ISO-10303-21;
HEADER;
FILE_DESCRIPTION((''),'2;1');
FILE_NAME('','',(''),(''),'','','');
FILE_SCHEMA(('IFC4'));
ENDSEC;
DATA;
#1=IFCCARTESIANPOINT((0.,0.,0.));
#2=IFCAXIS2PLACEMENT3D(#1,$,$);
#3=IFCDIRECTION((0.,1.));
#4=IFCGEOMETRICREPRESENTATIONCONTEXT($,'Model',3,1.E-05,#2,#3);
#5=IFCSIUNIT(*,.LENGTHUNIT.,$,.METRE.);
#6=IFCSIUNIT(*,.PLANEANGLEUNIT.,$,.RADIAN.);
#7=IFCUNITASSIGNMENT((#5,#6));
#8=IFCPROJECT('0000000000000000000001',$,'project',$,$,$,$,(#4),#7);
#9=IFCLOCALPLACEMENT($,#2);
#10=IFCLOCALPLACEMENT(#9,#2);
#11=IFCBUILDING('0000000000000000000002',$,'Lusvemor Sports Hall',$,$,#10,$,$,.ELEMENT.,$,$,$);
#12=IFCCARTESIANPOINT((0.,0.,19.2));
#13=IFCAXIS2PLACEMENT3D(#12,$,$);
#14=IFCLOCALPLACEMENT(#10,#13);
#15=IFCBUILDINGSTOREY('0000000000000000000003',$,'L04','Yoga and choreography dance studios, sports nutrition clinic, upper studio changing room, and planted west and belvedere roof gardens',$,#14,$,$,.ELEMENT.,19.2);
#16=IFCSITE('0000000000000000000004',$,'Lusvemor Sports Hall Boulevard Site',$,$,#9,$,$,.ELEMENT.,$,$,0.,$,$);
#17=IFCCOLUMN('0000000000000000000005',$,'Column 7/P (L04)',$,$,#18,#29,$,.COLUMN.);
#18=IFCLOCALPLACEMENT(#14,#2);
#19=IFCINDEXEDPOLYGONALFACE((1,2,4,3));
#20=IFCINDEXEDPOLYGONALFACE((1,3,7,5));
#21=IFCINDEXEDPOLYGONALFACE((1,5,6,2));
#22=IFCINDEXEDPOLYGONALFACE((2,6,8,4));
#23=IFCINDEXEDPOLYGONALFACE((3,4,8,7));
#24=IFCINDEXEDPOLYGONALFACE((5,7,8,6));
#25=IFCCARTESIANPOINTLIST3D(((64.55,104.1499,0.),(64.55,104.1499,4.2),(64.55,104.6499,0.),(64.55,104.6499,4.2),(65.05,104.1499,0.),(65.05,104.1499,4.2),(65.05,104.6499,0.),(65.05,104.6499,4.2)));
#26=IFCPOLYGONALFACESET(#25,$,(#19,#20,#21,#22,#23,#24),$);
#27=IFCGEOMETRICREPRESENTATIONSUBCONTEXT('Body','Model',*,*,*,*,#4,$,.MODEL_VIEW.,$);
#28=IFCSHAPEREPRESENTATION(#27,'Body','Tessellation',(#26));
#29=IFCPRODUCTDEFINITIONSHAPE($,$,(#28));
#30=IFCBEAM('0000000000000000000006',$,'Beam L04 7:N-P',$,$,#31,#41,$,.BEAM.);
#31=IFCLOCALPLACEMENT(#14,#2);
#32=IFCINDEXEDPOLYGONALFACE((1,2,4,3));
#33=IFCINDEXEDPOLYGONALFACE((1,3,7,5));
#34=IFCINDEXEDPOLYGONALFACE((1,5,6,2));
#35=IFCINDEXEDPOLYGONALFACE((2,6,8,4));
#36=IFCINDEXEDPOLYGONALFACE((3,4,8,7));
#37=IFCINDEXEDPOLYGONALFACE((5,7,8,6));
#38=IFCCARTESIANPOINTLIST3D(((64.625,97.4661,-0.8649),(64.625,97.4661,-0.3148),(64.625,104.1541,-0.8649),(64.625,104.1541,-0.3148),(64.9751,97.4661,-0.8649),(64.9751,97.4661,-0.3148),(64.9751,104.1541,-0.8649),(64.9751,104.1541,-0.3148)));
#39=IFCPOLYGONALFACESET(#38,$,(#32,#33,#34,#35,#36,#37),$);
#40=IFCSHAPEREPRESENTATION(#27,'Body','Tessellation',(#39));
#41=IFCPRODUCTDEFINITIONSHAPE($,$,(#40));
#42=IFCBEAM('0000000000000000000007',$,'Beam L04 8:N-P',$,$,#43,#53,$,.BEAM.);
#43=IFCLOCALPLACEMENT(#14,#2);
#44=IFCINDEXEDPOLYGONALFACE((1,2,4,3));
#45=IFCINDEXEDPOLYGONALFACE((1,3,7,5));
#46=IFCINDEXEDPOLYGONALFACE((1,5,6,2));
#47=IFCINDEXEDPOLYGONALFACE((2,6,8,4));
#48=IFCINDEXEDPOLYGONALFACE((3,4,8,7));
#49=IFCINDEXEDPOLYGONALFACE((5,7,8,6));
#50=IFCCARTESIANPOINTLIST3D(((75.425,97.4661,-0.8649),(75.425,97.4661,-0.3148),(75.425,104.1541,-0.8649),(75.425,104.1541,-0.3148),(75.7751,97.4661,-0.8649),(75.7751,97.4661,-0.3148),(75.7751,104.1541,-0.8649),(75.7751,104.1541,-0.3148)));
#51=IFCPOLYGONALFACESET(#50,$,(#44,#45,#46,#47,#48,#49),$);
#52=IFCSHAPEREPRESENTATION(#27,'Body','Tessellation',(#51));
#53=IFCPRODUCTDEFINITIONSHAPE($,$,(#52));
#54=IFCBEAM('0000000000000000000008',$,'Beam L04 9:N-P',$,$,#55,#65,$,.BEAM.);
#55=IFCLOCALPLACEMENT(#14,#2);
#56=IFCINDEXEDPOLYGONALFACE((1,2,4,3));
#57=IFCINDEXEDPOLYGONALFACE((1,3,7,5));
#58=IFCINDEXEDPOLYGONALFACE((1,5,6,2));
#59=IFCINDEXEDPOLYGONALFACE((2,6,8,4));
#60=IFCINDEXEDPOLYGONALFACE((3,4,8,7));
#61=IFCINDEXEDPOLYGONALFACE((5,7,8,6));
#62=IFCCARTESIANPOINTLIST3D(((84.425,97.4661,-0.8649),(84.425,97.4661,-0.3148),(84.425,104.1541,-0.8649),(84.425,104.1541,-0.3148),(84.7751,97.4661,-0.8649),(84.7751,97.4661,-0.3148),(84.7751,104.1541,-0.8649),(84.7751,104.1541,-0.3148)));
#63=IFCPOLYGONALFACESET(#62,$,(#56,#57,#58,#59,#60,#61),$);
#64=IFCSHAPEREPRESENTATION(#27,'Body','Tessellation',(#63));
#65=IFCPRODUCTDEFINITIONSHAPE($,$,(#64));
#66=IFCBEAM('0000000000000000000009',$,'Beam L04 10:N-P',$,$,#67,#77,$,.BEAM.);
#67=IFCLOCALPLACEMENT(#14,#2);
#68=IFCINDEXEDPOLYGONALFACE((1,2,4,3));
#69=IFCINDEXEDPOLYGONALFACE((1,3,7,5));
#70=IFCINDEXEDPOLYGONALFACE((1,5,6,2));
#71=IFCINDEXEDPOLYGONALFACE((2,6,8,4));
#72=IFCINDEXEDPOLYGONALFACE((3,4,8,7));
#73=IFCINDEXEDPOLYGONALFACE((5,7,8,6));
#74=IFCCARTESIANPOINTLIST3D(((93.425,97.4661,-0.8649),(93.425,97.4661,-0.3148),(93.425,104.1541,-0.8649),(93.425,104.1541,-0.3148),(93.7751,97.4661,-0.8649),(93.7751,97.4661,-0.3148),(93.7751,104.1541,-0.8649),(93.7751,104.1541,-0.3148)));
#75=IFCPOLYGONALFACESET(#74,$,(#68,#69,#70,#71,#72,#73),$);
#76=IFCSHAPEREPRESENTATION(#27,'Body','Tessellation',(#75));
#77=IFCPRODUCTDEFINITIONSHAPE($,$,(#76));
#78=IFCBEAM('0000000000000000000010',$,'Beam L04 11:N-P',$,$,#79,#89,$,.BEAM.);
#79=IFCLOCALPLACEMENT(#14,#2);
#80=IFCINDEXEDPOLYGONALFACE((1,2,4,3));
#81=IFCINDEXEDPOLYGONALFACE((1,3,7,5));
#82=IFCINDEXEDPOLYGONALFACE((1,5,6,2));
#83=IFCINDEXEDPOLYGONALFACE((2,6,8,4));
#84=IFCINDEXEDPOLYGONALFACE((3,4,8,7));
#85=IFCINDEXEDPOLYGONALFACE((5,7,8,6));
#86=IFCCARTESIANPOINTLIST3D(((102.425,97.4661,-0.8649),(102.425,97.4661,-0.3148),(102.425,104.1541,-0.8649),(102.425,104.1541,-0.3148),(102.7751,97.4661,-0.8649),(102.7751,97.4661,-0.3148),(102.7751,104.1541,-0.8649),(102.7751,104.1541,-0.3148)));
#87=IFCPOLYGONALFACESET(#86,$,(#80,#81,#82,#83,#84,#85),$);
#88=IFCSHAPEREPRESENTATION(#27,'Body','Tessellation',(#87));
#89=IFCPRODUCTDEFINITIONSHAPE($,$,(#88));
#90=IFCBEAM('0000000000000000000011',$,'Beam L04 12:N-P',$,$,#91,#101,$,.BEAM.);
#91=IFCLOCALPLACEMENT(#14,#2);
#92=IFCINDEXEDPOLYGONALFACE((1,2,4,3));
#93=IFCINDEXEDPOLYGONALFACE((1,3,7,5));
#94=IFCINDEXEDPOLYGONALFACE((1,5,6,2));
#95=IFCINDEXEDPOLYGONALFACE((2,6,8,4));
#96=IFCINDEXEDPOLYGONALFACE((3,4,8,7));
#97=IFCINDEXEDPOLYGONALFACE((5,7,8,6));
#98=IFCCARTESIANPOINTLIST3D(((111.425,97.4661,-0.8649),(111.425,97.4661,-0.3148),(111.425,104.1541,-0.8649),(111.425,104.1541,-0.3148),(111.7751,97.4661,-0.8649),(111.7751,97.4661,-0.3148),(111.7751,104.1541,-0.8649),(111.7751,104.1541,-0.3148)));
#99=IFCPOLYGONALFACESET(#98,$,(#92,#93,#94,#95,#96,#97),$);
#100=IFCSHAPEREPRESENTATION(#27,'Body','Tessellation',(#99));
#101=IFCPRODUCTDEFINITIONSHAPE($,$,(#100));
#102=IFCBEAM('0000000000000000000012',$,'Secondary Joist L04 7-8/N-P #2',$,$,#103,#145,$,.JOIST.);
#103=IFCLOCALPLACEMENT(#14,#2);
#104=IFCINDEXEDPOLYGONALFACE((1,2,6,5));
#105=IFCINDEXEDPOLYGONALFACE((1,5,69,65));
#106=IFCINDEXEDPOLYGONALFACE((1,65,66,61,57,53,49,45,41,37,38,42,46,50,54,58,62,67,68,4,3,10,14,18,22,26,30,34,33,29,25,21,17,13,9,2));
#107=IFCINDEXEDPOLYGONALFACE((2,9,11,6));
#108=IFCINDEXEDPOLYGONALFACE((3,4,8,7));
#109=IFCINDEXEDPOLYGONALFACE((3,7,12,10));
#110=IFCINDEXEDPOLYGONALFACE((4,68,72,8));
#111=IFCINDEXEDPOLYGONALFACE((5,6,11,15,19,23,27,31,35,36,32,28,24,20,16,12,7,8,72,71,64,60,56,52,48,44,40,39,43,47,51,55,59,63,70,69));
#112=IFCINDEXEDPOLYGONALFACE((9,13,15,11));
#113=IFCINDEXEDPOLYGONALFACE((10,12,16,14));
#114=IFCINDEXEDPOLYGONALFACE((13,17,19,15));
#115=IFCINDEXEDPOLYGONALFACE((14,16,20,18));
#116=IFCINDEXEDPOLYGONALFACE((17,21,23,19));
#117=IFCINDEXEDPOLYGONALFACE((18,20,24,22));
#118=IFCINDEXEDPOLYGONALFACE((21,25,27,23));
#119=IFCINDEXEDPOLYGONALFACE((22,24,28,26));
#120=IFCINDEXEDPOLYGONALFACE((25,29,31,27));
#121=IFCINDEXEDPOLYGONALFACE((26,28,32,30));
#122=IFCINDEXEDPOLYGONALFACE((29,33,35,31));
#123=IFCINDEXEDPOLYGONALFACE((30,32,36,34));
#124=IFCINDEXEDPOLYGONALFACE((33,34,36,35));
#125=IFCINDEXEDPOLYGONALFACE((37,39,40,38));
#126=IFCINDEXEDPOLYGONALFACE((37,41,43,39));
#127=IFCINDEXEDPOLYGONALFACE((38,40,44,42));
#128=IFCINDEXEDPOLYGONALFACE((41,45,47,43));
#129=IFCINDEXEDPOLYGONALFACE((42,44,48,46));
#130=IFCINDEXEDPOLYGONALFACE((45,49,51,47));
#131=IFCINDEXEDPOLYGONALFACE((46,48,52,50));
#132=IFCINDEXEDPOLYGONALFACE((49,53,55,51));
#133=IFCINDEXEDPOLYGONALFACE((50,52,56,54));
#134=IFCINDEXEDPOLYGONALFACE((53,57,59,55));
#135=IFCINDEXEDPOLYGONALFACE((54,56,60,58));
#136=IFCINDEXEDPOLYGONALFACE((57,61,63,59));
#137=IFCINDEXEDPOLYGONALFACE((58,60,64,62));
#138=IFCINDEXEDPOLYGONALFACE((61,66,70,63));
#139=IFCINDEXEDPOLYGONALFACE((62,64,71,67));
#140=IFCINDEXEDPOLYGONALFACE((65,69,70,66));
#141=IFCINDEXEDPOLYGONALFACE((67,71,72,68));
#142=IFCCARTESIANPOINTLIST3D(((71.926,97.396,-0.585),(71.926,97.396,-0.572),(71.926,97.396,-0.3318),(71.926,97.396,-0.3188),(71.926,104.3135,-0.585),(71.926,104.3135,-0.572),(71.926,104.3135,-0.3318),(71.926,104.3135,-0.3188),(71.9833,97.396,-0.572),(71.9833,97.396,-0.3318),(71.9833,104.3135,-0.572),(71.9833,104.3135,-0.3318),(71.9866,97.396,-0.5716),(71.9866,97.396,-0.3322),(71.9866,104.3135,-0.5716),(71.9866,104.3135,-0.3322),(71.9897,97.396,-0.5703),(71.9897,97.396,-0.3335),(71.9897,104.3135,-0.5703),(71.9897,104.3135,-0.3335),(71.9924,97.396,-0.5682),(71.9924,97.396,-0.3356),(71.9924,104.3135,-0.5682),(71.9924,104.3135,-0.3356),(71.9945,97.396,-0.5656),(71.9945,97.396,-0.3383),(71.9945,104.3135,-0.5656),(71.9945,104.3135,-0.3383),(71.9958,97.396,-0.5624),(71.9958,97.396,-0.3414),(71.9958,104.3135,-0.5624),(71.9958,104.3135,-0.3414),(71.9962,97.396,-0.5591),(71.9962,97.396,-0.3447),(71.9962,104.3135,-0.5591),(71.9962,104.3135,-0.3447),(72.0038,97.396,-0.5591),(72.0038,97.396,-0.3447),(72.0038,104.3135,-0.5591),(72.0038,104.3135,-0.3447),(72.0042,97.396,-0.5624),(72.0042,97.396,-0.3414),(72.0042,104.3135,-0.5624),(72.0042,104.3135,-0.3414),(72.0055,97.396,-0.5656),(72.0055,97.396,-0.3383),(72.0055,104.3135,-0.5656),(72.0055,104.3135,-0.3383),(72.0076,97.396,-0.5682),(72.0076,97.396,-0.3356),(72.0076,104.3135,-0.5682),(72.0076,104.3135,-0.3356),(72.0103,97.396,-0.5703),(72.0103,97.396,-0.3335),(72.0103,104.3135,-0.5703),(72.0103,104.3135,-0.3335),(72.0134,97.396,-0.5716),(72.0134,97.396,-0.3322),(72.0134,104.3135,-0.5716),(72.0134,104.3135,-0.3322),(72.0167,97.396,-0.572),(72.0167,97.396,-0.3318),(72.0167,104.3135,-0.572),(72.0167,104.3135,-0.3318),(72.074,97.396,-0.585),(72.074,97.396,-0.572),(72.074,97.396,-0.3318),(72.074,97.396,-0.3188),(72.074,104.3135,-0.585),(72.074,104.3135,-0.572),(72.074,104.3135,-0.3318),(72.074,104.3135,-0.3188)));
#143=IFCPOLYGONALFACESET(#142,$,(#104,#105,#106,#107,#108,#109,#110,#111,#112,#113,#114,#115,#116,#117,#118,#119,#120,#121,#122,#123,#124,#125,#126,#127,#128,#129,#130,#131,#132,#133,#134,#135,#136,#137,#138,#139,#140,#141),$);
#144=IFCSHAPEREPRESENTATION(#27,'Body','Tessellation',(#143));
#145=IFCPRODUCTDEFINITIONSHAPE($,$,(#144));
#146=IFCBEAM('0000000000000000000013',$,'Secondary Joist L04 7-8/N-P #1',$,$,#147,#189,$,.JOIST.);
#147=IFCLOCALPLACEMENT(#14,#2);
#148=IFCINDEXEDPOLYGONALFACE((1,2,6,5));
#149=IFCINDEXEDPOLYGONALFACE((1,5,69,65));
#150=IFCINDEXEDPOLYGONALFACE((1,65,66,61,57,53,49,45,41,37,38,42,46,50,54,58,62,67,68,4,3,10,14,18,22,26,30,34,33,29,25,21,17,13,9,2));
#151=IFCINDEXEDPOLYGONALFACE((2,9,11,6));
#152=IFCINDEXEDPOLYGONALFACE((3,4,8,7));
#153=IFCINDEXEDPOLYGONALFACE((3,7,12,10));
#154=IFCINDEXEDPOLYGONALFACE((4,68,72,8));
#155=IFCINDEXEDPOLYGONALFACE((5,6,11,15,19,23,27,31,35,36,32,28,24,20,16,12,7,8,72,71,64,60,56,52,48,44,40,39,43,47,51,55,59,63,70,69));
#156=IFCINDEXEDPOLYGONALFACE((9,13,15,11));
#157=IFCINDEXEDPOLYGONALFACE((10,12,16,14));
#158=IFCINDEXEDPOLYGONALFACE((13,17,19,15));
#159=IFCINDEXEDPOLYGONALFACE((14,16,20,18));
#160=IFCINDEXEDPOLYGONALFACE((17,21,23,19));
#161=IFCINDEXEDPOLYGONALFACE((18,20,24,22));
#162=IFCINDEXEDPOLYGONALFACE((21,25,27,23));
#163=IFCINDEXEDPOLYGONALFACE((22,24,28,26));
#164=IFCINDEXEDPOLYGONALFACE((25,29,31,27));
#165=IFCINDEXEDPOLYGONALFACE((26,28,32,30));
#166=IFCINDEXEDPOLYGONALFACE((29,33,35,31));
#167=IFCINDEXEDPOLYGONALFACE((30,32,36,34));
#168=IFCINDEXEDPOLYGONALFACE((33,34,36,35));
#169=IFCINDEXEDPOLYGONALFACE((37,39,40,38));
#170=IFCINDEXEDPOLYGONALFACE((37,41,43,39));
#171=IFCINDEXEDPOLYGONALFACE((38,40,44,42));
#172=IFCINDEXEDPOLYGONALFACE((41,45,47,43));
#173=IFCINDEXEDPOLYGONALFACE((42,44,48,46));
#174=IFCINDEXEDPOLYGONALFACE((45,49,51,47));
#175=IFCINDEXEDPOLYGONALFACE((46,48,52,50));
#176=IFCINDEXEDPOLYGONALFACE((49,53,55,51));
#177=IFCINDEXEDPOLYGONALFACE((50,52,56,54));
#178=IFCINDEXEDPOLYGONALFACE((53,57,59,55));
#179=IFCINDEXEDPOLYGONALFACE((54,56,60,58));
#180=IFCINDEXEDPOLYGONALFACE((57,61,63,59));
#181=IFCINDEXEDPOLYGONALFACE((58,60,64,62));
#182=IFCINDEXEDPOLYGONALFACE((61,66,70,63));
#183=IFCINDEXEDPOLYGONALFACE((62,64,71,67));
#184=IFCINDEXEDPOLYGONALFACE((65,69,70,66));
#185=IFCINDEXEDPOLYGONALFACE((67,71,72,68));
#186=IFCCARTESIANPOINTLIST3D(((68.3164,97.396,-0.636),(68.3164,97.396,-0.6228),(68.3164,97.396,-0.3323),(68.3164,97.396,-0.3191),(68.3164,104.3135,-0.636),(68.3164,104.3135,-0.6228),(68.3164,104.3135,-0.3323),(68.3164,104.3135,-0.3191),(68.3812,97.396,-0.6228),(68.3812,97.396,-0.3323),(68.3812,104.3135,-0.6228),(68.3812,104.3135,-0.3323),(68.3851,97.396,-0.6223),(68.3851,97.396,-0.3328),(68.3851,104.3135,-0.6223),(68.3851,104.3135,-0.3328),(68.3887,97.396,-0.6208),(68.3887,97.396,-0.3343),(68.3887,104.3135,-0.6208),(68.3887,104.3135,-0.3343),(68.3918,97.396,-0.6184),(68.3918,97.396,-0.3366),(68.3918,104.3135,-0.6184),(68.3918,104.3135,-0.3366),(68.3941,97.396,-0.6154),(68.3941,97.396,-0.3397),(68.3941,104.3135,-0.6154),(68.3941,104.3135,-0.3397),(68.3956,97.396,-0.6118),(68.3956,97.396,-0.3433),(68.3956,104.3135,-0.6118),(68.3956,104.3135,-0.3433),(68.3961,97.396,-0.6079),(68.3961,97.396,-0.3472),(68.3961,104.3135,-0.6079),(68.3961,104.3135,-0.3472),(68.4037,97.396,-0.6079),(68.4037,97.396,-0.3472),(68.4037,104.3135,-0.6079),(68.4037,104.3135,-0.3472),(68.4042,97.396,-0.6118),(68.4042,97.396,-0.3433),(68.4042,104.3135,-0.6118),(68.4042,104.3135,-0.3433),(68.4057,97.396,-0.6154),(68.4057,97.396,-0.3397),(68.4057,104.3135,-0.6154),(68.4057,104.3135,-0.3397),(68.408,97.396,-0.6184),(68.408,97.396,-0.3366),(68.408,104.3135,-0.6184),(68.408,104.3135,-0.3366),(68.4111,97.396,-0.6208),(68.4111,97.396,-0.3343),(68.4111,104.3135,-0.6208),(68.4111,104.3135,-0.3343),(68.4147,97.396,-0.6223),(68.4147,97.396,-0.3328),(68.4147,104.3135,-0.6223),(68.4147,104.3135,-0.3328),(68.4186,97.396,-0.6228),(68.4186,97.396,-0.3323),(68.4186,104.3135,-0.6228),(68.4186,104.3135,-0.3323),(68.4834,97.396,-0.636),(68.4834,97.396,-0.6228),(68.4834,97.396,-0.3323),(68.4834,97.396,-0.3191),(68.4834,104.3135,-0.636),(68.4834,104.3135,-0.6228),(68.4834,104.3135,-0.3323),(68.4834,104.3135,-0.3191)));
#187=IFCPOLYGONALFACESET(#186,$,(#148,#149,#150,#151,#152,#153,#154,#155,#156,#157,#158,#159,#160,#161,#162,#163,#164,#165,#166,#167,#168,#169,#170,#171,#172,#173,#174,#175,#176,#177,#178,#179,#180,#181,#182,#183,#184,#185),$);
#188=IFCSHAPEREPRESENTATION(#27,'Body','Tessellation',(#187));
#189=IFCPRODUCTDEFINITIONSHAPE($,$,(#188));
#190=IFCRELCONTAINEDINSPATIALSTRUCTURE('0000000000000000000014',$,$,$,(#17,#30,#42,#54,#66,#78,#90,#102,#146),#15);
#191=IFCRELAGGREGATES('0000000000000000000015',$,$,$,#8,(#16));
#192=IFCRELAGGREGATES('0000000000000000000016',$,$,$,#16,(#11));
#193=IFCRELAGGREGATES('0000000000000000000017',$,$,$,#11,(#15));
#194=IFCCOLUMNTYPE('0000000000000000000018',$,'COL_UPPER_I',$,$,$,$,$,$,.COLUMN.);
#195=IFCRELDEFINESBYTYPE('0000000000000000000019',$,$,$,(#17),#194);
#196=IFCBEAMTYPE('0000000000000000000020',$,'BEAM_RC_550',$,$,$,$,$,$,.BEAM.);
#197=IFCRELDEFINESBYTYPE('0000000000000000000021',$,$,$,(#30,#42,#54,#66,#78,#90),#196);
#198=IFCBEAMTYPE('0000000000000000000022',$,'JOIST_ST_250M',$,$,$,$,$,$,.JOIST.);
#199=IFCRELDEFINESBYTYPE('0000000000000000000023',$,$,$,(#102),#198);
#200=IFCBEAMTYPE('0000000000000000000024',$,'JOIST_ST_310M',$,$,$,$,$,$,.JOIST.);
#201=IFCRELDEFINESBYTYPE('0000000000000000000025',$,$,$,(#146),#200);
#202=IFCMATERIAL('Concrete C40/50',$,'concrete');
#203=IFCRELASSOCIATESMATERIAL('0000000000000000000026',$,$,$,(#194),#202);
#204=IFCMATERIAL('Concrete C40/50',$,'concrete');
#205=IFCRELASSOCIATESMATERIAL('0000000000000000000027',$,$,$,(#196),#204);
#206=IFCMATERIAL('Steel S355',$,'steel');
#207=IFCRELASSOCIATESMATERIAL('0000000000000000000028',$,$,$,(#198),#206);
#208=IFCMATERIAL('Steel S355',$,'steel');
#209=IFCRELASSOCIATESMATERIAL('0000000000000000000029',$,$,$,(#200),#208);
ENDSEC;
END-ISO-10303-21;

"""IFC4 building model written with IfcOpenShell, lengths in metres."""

from ifc_helpers import new_model, si_unit, direction, frame, origin, origin_2d, place, context, subcontext, project, spatial, rectangle, i_section, extrude, material, material_profile, profile_set, type_object, element, save


model = new_model("IFC4")

# Units and contexts
model_context = context("Model", 3, precision=1e-05, world=origin(), true_north=direction((0.0, 1.0)))
body_context = subcontext(model_context, "Body", "Model", "MODEL_VIEW")
ifc_project = project(units=[si_unit("LENGTHUNIT", "METRE"), si_unit("PLANEANGLEUNIT", "RADIAN")], contexts=[model_context])

# Site, building, storey
site_placement = place(None, origin())
site = spatial("IfcSite", under=ifc_project, at=site_placement, Name="Lusvemor Sports Hall Boulevard Site", CompositionType="ELEMENT", RefElevation=0.0)
building_placement = place(site_placement, origin())
building = spatial("IfcBuilding", under=site, at=building_placement, Name="Lusvemor Sports Hall", CompositionType="ELEMENT")
storey_placement = place(building_placement, frame((0.0, 0.0, 19.2)))
storey = spatial("IfcBuildingStorey", under=building, at=storey_placement, Name="L04", Description="Yoga and choreography dance studios, sports nutrition clinic, upper studio changing room, and planted west and belvedere roof gardens", CompositionType="ELEMENT", Elevation=19.2)

# Column
ifc_material_1 = material(Name="Concrete C40/50", Category="concrete")
ifc_material_profile_1 = material_profile(ifc_material_1, rectangle(XDim=0.5, YDim=0.5, at=origin_2d()), Name="RC500x500")
ifc_profile_set_1 = profile_set([ifc_material_profile_1], Name="Concrete C40/50")
column_type = type_object("IfcColumnType", Name="COL_UPPER_I", PredefinedType="COLUMN", material=ifc_profile_set_1)
column_placement = place(storey_placement, frame((64.8, 104.3999, 0.0), z_axis=(0.0, 0.0, 1.0), x_axis=(1.0, 0.0, 0.0)))
element("IfcColumn", 1, at=column_placement, inside=storey, type_object=column_type, Name="Column 7/P (L04)", PredefinedType="COLUMN", context=body_context, shape_type="SweptSolid", body=[
    extrude(rectangle(XDim=0.5, YDim=0.5, at=origin_2d()), origin(), (0.0, 0.0, 1.0), 4.2),
])

# Beams
ifc_material_2 = material(Name="Concrete C40/50", Category="concrete")
ifc_material_profile_2 = material_profile(ifc_material_2, rectangle(XDim=0.3501, YDim=0.55, at=origin_2d()), Name="RC350x550")
ifc_profile_set_2 = profile_set([ifc_material_profile_2], Name="Concrete C40/50")
beam_type_1 = type_object("IfcBeamType", Name="BEAM_RC_550", PredefinedType="BEAM", material=ifc_profile_set_2)
for number, where, z_axis, x_axis, name in (
    (2, (64.8, 97.4661, -0.5898), (0.0, 1.0, 0.0), (-1.0, 0.0, 0.0), "Beam L04 7:N-P"),
    (3, (75.6001, 97.4661, -0.5898), (0.0, 1.0, 0.0), (-1.0, 0.0, 0.0), "Beam L04 8:N-P"),
    (4, (84.6001, 97.4661, -0.5898), (0.0, 1.0, 0.0), (-1.0, 0.0, 0.0), "Beam L04 9:N-P"),
    (5, (93.6001, 97.4661, -0.5898), (0.0, 1.0, 0.0), (-1.0, 0.0, 0.0), "Beam L04 10:N-P"),
    (6, (102.6001, 97.4661, -0.5898), (0.0, 1.0, 0.0), (-1.0, 0.0, 0.0), "Beam L04 11:N-P"),
    (7, (111.6001, 97.4661, -0.5898), (0.0, 1.0, 0.0), (-1.0, 0.0, 0.0), "Beam L04 12:N-P"),
):
    element("IfcBeam", number, at=place(storey_placement, frame(where, z_axis=z_axis, x_axis=x_axis)), inside=storey, type_object=beam_type_1, Name=name, PredefinedType="BEAM", context=body_context, shape_type="SweptSolid", body=[
        extrude(rectangle(XDim=0.3501, YDim=0.55, at=origin_2d()), origin(), (0.0, 0.0, 1.0), 6.688),
    ])
ifc_material_3 = material(Name="Steel S355", Category="steel")
ifc_material_profile_3 = material_profile(ifc_material_3, i_section(OverallWidth=0.1479, OverallDepth=0.2661, WebThickness=0.0076, FlangeThickness=0.0129, FilletRadius=0.0129, at=origin_2d()), Name="W250x44.8")
ifc_profile_set_3 = profile_set([ifc_material_profile_3], Name="Steel S355")
beam_type_2 = type_object("IfcBeamType", Name="JOIST_ST_250M", PredefinedType="JOIST", material=ifc_profile_set_3)
beam_1_placement = place(storey_placement, frame((72.0, 97.396, -0.4519), z_axis=(0.0, 1.0, 0.0), x_axis=(-1.0, 0.0, 0.0)))
element("IfcBeam", 8, at=beam_1_placement, inside=storey, type_object=beam_type_2, Name="Secondary Joist L04 7-8/N-P #2", PredefinedType="JOIST", context=body_context, shape_type="SweptSolid", body=[
    extrude(i_section(OverallWidth=0.1479, OverallDepth=0.2661, WebThickness=0.0076, FlangeThickness=0.0129, FilletRadius=0.0129, at=origin_2d()), origin(), (0.0, 0.0, 1.0), 6.9175),
])
ifc_material_4 = material(Name="Steel S355", Category="steel")
ifc_material_profile_4 = material_profile(ifc_material_4, i_section(OverallWidth=0.167, OverallDepth=0.3169, WebThickness=0.0076, FlangeThickness=0.0132, FilletRadius=0.0149, at=origin_2d()), Name="W310x52.0")
ifc_profile_set_4 = profile_set([ifc_material_profile_4], Name="Steel S355")
beam_type_3 = type_object("IfcBeamType", Name="JOIST_ST_310M", PredefinedType="JOIST", material=ifc_profile_set_4)
beam_2_placement = place(storey_placement, frame((68.3999, 97.396, -0.4775), z_axis=(0.0, 1.0, 0.0), x_axis=(-1.0, 0.0, 0.0)))
element("IfcBeam", 9, at=beam_2_placement, inside=storey, type_object=beam_type_3, Name="Secondary Joist L04 7-8/N-P #1", PredefinedType="JOIST", context=body_context, shape_type="SweptSolid", body=[
    extrude(i_section(OverallWidth=0.167, OverallDepth=0.3169, WebThickness=0.0076, FlangeThickness=0.0132, FilletRadius=0.0149, at=origin_2d()), origin(), (0.0, 0.0, 1.0), 6.9175),
])

save(model, "model.ifc")
